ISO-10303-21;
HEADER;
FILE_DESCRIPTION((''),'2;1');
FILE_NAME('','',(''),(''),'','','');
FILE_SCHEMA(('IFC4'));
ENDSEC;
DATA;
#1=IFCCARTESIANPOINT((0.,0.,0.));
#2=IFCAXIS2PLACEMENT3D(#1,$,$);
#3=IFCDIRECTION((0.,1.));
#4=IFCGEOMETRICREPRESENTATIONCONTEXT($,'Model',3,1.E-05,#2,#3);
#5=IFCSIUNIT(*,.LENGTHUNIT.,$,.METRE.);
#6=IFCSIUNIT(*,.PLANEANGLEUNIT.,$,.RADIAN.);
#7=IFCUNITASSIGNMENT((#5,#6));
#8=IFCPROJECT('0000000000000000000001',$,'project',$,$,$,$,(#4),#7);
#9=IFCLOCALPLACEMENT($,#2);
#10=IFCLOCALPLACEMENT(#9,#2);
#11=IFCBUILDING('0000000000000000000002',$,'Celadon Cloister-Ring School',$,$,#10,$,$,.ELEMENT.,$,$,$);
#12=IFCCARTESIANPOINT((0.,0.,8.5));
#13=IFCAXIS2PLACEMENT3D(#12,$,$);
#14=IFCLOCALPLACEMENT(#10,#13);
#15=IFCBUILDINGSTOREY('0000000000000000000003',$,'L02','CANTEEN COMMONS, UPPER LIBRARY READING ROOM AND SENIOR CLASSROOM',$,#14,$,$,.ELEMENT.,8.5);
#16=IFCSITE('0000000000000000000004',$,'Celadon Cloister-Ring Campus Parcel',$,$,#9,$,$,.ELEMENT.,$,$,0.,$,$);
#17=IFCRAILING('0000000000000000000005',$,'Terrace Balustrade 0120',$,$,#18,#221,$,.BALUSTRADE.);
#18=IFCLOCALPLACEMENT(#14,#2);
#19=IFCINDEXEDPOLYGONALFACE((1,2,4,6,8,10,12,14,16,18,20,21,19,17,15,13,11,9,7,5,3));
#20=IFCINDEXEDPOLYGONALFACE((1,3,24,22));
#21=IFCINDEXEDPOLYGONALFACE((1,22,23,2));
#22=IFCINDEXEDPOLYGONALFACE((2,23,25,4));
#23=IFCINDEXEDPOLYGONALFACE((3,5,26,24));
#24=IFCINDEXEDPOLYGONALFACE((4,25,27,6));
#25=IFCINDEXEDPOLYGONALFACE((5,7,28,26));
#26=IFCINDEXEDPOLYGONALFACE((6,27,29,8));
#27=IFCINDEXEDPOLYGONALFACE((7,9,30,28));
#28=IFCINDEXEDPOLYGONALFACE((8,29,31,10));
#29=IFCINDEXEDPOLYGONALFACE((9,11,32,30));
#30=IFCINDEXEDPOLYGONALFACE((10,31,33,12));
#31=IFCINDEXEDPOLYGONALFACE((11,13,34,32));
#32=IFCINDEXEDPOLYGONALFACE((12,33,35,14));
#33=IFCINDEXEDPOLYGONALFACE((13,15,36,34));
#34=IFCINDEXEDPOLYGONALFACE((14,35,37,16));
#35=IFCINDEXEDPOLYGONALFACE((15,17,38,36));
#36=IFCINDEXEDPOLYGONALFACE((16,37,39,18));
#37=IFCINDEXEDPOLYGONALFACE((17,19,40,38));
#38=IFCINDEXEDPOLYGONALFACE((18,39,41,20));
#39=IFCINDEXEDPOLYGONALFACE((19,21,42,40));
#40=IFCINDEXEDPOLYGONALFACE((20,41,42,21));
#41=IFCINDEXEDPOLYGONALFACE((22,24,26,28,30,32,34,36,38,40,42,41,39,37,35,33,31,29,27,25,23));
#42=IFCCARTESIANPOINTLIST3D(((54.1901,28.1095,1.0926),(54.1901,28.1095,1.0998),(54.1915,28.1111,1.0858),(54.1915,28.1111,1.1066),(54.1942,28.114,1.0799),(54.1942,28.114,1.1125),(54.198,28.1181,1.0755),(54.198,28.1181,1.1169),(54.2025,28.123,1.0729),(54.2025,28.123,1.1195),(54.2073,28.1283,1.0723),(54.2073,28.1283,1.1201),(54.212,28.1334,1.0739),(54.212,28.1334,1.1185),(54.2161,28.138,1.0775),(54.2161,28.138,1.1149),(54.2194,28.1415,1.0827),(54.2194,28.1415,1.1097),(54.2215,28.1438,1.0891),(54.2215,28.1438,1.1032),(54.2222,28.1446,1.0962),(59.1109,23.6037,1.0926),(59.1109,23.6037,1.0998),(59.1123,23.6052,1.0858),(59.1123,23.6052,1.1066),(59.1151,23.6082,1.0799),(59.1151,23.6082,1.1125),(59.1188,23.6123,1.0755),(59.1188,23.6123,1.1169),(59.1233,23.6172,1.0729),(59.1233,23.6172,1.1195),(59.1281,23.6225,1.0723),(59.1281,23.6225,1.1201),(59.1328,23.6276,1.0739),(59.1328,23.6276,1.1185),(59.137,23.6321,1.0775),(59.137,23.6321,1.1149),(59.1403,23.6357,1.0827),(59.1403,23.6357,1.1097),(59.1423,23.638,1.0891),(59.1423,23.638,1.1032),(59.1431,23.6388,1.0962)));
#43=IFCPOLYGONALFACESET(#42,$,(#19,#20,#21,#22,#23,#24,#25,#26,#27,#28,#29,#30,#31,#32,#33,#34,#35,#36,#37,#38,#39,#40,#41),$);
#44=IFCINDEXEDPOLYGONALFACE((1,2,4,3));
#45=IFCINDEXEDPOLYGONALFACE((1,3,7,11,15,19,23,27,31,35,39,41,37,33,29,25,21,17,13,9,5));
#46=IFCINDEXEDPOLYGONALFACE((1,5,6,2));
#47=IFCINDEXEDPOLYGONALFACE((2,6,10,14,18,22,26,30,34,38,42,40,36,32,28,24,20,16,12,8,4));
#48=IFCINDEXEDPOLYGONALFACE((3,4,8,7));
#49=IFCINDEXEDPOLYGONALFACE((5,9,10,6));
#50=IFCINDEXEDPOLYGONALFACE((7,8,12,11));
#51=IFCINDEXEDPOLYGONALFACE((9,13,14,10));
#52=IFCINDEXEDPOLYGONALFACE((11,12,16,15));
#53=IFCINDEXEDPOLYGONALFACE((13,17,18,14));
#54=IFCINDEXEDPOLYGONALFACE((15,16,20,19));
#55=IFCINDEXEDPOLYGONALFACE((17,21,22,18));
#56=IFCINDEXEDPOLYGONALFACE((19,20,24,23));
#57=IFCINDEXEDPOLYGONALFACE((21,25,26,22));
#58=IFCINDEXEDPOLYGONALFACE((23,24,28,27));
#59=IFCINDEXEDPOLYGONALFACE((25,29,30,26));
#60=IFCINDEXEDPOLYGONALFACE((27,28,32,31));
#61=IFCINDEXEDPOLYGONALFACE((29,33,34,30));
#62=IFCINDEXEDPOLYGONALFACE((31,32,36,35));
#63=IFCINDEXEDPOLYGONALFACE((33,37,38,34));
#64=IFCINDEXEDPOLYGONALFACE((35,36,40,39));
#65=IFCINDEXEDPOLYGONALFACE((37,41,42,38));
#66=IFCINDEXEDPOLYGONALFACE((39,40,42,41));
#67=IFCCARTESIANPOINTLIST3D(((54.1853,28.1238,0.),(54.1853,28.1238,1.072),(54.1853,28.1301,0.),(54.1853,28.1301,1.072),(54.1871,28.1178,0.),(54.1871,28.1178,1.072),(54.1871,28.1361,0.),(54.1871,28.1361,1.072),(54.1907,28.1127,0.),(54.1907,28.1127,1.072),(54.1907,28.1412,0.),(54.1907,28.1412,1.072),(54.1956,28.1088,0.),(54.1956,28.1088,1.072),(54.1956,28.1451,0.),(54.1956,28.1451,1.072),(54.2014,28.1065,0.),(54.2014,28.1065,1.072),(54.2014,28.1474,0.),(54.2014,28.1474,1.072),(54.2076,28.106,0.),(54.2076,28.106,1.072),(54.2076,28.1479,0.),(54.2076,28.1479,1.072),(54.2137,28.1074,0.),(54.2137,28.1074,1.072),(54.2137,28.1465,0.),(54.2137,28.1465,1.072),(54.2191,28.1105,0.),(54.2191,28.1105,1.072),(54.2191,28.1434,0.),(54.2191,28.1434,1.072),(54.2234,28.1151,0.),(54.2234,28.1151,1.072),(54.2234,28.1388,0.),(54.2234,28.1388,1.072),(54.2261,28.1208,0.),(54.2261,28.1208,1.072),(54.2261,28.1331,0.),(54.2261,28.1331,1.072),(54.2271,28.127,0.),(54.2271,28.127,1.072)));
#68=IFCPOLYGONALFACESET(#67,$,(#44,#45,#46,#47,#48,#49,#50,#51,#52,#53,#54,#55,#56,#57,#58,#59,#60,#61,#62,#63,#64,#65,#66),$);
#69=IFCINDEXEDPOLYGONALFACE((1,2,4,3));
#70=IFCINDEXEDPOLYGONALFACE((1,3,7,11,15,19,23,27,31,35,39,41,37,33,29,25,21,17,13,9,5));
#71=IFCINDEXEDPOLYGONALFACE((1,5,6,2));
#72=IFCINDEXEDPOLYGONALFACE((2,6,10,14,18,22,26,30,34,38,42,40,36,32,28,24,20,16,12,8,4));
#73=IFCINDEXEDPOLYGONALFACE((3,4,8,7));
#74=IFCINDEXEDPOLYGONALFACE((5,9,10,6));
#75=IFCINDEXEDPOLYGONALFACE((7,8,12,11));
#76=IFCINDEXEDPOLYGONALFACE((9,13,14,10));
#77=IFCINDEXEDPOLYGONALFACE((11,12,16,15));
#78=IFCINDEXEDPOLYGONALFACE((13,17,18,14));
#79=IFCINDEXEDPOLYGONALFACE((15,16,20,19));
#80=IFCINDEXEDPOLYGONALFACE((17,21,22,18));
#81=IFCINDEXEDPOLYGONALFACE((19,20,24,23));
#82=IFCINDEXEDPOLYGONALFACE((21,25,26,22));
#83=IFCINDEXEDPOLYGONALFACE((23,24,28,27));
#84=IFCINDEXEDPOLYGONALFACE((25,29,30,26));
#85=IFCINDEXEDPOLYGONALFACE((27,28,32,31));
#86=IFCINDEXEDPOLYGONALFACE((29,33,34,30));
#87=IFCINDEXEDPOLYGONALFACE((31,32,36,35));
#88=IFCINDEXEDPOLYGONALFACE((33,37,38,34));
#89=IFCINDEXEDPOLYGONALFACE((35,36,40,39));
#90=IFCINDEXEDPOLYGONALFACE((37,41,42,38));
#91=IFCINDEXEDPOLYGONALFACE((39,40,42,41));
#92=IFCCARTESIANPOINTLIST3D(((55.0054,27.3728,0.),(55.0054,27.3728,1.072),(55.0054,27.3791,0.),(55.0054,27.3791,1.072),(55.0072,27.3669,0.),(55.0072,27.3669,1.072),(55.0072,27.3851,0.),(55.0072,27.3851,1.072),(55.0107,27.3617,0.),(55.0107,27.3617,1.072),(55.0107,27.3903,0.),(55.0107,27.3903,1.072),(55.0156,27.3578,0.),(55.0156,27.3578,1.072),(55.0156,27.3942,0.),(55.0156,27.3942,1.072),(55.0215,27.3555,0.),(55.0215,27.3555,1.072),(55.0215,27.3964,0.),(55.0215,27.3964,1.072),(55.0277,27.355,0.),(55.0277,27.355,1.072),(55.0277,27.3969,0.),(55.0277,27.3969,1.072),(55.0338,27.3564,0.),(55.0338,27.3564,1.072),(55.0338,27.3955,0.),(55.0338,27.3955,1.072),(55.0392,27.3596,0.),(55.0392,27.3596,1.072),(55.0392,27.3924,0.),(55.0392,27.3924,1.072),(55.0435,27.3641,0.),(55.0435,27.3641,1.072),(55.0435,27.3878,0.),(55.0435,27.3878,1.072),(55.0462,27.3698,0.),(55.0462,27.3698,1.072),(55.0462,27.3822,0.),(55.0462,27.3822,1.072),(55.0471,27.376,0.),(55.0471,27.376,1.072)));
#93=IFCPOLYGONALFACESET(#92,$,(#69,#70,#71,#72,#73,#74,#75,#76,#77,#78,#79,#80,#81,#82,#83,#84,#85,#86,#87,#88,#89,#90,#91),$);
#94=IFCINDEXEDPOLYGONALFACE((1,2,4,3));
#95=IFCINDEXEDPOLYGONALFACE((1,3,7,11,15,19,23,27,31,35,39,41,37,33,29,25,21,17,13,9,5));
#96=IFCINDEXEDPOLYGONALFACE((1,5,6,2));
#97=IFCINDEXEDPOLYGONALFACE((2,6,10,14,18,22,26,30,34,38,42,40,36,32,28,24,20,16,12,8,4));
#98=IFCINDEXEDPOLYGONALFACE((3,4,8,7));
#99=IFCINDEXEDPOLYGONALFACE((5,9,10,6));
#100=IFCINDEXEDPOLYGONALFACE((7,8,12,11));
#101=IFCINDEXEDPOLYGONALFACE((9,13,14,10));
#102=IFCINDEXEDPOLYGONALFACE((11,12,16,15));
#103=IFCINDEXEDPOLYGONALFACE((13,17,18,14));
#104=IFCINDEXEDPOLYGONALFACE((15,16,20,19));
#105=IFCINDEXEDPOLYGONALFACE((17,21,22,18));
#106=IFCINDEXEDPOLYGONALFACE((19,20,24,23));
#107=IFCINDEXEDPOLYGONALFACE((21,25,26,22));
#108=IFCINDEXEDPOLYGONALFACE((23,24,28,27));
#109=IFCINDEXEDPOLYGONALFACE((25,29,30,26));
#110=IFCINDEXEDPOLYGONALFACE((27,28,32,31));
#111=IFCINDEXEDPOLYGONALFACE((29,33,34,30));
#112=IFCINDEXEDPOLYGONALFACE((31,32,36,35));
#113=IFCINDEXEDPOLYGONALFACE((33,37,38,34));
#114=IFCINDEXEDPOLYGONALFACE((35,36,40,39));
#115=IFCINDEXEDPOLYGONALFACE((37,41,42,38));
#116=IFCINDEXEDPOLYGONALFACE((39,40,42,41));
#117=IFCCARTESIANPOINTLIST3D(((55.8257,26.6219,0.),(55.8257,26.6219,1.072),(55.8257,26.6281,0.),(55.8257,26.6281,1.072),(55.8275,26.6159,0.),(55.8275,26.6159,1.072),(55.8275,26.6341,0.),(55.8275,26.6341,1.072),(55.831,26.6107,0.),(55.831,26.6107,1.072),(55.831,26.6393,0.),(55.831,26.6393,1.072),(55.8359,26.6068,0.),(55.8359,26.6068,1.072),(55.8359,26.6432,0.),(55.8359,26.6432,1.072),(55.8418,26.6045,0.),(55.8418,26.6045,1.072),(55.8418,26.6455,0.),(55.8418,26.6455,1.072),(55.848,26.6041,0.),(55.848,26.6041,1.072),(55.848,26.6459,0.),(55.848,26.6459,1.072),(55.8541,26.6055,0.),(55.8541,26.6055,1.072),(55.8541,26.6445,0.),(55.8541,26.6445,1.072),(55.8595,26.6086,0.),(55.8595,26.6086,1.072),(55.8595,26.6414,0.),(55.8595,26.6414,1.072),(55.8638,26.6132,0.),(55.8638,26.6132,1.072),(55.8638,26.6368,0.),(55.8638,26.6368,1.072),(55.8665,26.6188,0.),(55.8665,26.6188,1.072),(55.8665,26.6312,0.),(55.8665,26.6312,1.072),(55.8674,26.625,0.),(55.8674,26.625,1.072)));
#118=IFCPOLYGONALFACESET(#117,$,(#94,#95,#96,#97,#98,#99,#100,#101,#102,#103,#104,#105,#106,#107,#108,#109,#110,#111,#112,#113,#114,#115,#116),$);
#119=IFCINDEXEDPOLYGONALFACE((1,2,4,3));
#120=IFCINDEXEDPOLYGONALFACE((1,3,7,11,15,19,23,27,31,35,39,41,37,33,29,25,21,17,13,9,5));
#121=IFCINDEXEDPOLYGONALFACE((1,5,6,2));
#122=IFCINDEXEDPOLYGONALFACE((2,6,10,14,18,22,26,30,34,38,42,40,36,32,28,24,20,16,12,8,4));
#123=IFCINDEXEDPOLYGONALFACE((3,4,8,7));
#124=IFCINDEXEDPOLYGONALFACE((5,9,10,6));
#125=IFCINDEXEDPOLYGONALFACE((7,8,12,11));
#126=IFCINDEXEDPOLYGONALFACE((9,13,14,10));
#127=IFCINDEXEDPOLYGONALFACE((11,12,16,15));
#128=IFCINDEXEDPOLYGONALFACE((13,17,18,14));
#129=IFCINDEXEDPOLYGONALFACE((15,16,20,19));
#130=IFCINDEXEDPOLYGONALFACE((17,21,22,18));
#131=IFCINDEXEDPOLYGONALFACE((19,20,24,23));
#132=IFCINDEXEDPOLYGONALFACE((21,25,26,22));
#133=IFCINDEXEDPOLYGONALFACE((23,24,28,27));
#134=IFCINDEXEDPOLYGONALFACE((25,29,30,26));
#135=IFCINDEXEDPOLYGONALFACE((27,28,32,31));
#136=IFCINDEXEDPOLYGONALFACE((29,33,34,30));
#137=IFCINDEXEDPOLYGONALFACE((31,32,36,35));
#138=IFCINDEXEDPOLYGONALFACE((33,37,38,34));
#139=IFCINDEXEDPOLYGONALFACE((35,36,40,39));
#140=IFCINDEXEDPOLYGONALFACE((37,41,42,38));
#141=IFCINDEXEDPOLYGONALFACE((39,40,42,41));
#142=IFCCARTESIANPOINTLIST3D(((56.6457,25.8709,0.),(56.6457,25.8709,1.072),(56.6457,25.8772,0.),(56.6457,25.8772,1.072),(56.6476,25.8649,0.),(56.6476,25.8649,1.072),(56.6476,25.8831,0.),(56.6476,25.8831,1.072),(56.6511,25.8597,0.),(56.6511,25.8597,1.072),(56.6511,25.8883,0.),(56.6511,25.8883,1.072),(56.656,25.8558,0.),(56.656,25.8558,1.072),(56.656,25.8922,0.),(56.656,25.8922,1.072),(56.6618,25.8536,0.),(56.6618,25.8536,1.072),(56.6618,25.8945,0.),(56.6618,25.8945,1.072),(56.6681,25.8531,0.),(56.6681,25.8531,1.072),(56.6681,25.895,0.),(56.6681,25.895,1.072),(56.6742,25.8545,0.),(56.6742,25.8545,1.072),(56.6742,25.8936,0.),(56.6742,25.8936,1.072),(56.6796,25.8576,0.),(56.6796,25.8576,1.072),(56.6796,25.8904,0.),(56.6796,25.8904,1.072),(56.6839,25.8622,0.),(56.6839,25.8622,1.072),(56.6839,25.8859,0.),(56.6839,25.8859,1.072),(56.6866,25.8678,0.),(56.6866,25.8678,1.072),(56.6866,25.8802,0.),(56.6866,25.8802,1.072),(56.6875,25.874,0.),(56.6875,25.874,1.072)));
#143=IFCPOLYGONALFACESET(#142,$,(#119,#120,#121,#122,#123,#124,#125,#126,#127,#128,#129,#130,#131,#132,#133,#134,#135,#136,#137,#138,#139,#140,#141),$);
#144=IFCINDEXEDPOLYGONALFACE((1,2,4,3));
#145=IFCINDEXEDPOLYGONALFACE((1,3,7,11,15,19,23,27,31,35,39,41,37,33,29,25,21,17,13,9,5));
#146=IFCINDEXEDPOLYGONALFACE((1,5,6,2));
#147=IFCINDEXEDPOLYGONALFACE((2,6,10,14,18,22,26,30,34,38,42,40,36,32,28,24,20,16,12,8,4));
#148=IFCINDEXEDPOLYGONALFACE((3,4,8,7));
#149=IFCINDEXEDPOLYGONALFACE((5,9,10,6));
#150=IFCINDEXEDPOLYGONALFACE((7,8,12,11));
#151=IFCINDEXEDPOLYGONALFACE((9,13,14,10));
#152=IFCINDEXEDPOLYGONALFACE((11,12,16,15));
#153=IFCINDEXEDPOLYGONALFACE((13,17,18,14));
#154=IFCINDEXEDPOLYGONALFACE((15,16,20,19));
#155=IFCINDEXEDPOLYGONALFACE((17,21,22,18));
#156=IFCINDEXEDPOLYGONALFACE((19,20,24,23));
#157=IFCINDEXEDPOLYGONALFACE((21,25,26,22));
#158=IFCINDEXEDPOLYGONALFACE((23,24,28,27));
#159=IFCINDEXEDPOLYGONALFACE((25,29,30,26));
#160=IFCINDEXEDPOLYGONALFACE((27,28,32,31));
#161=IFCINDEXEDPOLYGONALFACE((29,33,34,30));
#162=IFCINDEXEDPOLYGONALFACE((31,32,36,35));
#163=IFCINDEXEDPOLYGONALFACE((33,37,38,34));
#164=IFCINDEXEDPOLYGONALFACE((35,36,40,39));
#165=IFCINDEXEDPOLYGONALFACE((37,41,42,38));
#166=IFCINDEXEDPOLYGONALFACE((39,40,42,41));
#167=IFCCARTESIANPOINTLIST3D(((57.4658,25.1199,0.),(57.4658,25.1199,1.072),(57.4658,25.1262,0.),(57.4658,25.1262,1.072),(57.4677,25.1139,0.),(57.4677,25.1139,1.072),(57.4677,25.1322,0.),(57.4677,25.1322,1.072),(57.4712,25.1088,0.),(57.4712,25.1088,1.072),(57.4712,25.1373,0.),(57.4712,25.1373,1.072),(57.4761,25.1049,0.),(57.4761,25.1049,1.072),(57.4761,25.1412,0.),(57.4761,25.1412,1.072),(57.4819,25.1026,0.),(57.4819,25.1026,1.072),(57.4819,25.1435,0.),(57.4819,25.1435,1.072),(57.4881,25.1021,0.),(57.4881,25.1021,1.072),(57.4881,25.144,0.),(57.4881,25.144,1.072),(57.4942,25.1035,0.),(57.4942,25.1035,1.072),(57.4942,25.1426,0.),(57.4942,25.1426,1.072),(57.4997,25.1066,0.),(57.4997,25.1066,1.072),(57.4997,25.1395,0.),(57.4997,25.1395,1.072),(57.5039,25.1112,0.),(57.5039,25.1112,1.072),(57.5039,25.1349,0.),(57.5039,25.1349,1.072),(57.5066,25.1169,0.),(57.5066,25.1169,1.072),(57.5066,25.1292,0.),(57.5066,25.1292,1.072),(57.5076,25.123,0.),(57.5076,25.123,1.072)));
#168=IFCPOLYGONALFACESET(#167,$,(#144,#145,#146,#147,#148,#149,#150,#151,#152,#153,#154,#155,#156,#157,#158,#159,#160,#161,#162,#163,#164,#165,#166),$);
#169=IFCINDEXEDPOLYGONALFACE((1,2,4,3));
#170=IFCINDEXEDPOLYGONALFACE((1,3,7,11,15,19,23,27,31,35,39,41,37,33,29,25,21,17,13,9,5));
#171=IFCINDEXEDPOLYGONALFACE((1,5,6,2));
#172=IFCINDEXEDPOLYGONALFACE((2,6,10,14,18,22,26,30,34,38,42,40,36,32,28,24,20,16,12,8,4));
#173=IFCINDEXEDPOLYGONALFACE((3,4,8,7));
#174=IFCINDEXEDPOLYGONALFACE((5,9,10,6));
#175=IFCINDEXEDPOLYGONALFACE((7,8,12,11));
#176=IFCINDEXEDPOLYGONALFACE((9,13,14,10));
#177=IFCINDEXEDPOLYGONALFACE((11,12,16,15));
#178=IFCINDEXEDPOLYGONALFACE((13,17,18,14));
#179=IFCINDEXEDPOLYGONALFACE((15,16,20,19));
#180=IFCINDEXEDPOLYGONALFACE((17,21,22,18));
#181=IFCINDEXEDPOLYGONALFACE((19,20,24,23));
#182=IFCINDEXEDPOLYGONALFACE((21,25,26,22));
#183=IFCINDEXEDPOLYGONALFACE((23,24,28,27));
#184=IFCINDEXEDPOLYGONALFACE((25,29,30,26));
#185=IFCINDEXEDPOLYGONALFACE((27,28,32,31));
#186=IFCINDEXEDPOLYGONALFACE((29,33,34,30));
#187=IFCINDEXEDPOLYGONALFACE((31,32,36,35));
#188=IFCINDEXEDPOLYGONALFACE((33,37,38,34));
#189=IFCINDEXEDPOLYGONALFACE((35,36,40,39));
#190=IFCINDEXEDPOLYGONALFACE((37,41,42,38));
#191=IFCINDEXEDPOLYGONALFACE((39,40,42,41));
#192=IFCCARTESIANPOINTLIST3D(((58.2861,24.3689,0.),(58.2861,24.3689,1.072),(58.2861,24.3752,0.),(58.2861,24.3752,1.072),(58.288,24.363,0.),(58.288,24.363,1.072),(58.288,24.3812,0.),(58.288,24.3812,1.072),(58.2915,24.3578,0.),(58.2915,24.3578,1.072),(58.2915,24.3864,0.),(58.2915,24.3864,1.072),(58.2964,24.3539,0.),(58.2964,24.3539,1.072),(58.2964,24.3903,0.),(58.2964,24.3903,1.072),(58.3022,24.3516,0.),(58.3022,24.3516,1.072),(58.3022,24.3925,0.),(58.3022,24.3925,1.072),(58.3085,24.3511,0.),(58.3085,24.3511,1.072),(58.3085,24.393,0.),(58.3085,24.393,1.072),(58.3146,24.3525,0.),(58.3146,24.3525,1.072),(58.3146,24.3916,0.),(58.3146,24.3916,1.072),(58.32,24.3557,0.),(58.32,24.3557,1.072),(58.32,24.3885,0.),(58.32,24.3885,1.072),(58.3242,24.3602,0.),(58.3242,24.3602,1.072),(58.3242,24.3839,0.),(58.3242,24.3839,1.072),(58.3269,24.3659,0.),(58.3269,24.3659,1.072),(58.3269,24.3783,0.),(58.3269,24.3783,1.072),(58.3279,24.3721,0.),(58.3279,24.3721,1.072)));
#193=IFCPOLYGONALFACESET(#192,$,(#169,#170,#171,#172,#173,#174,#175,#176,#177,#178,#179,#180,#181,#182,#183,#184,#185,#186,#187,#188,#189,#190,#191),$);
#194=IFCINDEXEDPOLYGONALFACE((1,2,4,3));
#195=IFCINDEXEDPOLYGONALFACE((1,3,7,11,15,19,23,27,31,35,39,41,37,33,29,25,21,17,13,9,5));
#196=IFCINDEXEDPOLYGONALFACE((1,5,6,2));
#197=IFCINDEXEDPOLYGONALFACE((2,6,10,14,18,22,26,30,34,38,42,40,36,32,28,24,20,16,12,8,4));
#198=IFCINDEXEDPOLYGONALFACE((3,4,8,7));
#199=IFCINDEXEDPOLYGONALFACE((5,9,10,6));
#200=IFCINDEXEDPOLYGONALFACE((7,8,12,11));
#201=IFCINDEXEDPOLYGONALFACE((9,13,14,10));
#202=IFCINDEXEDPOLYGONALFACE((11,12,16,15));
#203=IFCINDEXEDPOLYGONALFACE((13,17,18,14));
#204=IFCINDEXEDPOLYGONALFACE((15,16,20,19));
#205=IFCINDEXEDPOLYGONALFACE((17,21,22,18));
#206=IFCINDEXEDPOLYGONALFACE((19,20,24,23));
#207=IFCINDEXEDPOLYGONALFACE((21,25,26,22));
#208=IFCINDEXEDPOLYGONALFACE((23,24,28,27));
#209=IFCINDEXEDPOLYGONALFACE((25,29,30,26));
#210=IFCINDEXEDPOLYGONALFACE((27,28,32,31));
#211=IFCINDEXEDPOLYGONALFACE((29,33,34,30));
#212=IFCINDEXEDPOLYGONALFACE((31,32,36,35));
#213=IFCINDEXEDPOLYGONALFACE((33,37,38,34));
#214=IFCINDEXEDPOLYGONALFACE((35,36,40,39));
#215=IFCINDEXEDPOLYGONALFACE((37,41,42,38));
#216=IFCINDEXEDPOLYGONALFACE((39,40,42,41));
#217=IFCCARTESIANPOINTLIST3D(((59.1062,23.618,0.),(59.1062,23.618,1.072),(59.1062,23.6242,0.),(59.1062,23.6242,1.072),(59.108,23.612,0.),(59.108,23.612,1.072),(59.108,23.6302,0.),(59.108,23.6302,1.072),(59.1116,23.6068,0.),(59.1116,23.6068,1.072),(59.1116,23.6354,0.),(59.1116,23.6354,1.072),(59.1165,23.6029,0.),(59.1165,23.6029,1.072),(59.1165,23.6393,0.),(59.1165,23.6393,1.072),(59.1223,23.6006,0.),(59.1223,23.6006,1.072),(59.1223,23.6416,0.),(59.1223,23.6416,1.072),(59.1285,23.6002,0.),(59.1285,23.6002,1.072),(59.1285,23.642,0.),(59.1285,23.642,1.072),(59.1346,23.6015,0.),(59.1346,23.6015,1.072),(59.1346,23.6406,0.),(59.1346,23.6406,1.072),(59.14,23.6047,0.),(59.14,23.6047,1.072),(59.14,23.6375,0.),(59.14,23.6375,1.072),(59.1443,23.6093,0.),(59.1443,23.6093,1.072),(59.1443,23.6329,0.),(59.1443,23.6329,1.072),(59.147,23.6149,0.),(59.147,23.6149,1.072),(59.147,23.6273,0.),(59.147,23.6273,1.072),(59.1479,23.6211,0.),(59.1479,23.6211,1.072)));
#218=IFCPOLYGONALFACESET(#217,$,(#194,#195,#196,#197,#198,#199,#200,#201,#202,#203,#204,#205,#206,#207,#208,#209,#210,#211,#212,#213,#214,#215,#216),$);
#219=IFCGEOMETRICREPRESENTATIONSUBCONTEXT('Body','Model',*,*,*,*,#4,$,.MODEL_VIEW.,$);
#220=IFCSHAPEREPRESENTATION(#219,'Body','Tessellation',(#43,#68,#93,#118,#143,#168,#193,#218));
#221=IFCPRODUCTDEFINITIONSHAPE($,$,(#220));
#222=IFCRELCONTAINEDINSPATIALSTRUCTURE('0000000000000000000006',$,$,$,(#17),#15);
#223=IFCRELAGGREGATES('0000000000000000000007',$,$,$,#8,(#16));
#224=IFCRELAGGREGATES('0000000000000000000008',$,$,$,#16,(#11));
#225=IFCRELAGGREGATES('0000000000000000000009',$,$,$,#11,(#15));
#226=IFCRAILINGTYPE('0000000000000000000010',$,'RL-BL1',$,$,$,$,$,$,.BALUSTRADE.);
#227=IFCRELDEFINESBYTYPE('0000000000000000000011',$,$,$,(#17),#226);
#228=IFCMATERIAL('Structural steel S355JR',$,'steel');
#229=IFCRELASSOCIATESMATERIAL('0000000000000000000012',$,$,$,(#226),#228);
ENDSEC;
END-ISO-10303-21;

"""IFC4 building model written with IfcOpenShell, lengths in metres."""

from ifc_helpers import new_model, si_unit, direction, frame, origin, origin_2d, place, context, subcontext, project, spatial, circle, extrude, material, type_object, element, save


model = new_model("IFC4")

# Units and contexts
model_context = context("Model", 3, precision=1e-05, world=origin(), true_north=direction((0.0, 1.0)))
body_context = subcontext(model_context, "Body", "Model", "MODEL_VIEW")
ifc_project = project(units=[si_unit("LENGTHUNIT", "METRE"), si_unit("PLANEANGLEUNIT", "RADIAN")], contexts=[model_context])

# Site, building, storey
site_placement = place(None, origin())
site = spatial("IfcSite", under=ifc_project, at=site_placement, Name="Celadon Cloister-Ring Campus Parcel", CompositionType="ELEMENT", RefElevation=0.0)
building_placement = place(site_placement, origin())
building = spatial("IfcBuilding", under=site, at=building_placement, Name="Celadon Cloister-Ring School", CompositionType="ELEMENT")
storey_placement = place(building_placement, frame((0.0, 0.0, 8.5)))
storey = spatial("IfcBuildingStorey", under=building, at=storey_placement, Name="L02", Description="CANTEEN COMMONS, UPPER LIBRARY READING ROOM AND SENIOR CLASSROOM", CompositionType="ELEMENT", Elevation=8.5)

# Railing
ifc_material_1 = material(Name="Structural steel S355JR", Category="steel")
railing_type = type_object("IfcRailingType", Name="RL-BL1", PredefinedType="BALUSTRADE", material=ifc_material_1)
railing_1_placement = place(storey_placement, frame((54.2061, 28.127, 0.0)))
element("IfcRailing", 1, at=railing_1_placement, inside=storey, type_object=railing_type, Name="Terrace Balustrade 0120", PredefinedType="BALUSTRADE", context=body_context, shape_type="SweptSolid", body=[
    extrude(circle(Radius=0.0239, at=origin_2d()), frame((0.0, 0.0, 1.0962), z_axis=(0.737525, -0.67532, 0.0), x_axis=(0.67532, 0.737525, 0.0)), (0.0, 0.0, 1.0), 6.6721),
    extrude(circle(Radius=0.021, at=origin_2d()), origin(), (0.0, 0.0, 1.0), 1.072),
    extrude(circle(Radius=0.021, at=origin_2d()), frame((0.8201, -0.751, 0.0)), (0.0, 0.0, 1.0), 1.072),
    extrude(circle(Radius=0.021, at=origin_2d()), frame((1.6404, -1.502, 0.0)), (0.0, 0.0, 1.0), 1.072),
    extrude(circle(Radius=0.021, at=origin_2d()), frame((2.4604, -2.2529, 0.0)), (0.0, 0.0, 1.0), 1.072),
    extrude(circle(Radius=0.021, at=origin_2d()), frame((3.2805, -3.0039, 0.0)), (0.0, 0.0, 1.0), 1.072),
    extrude(circle(Radius=0.021, at=origin_2d()), frame((4.1008, -3.7549, 0.0)), (0.0, 0.0, 1.0), 1.072),
    extrude(circle(Radius=0.021, at=origin_2d()), frame((4.9209, -4.5059, 0.0)), (0.0, 0.0, 1.0), 1.072),
])

save(model, "model.ifc")
